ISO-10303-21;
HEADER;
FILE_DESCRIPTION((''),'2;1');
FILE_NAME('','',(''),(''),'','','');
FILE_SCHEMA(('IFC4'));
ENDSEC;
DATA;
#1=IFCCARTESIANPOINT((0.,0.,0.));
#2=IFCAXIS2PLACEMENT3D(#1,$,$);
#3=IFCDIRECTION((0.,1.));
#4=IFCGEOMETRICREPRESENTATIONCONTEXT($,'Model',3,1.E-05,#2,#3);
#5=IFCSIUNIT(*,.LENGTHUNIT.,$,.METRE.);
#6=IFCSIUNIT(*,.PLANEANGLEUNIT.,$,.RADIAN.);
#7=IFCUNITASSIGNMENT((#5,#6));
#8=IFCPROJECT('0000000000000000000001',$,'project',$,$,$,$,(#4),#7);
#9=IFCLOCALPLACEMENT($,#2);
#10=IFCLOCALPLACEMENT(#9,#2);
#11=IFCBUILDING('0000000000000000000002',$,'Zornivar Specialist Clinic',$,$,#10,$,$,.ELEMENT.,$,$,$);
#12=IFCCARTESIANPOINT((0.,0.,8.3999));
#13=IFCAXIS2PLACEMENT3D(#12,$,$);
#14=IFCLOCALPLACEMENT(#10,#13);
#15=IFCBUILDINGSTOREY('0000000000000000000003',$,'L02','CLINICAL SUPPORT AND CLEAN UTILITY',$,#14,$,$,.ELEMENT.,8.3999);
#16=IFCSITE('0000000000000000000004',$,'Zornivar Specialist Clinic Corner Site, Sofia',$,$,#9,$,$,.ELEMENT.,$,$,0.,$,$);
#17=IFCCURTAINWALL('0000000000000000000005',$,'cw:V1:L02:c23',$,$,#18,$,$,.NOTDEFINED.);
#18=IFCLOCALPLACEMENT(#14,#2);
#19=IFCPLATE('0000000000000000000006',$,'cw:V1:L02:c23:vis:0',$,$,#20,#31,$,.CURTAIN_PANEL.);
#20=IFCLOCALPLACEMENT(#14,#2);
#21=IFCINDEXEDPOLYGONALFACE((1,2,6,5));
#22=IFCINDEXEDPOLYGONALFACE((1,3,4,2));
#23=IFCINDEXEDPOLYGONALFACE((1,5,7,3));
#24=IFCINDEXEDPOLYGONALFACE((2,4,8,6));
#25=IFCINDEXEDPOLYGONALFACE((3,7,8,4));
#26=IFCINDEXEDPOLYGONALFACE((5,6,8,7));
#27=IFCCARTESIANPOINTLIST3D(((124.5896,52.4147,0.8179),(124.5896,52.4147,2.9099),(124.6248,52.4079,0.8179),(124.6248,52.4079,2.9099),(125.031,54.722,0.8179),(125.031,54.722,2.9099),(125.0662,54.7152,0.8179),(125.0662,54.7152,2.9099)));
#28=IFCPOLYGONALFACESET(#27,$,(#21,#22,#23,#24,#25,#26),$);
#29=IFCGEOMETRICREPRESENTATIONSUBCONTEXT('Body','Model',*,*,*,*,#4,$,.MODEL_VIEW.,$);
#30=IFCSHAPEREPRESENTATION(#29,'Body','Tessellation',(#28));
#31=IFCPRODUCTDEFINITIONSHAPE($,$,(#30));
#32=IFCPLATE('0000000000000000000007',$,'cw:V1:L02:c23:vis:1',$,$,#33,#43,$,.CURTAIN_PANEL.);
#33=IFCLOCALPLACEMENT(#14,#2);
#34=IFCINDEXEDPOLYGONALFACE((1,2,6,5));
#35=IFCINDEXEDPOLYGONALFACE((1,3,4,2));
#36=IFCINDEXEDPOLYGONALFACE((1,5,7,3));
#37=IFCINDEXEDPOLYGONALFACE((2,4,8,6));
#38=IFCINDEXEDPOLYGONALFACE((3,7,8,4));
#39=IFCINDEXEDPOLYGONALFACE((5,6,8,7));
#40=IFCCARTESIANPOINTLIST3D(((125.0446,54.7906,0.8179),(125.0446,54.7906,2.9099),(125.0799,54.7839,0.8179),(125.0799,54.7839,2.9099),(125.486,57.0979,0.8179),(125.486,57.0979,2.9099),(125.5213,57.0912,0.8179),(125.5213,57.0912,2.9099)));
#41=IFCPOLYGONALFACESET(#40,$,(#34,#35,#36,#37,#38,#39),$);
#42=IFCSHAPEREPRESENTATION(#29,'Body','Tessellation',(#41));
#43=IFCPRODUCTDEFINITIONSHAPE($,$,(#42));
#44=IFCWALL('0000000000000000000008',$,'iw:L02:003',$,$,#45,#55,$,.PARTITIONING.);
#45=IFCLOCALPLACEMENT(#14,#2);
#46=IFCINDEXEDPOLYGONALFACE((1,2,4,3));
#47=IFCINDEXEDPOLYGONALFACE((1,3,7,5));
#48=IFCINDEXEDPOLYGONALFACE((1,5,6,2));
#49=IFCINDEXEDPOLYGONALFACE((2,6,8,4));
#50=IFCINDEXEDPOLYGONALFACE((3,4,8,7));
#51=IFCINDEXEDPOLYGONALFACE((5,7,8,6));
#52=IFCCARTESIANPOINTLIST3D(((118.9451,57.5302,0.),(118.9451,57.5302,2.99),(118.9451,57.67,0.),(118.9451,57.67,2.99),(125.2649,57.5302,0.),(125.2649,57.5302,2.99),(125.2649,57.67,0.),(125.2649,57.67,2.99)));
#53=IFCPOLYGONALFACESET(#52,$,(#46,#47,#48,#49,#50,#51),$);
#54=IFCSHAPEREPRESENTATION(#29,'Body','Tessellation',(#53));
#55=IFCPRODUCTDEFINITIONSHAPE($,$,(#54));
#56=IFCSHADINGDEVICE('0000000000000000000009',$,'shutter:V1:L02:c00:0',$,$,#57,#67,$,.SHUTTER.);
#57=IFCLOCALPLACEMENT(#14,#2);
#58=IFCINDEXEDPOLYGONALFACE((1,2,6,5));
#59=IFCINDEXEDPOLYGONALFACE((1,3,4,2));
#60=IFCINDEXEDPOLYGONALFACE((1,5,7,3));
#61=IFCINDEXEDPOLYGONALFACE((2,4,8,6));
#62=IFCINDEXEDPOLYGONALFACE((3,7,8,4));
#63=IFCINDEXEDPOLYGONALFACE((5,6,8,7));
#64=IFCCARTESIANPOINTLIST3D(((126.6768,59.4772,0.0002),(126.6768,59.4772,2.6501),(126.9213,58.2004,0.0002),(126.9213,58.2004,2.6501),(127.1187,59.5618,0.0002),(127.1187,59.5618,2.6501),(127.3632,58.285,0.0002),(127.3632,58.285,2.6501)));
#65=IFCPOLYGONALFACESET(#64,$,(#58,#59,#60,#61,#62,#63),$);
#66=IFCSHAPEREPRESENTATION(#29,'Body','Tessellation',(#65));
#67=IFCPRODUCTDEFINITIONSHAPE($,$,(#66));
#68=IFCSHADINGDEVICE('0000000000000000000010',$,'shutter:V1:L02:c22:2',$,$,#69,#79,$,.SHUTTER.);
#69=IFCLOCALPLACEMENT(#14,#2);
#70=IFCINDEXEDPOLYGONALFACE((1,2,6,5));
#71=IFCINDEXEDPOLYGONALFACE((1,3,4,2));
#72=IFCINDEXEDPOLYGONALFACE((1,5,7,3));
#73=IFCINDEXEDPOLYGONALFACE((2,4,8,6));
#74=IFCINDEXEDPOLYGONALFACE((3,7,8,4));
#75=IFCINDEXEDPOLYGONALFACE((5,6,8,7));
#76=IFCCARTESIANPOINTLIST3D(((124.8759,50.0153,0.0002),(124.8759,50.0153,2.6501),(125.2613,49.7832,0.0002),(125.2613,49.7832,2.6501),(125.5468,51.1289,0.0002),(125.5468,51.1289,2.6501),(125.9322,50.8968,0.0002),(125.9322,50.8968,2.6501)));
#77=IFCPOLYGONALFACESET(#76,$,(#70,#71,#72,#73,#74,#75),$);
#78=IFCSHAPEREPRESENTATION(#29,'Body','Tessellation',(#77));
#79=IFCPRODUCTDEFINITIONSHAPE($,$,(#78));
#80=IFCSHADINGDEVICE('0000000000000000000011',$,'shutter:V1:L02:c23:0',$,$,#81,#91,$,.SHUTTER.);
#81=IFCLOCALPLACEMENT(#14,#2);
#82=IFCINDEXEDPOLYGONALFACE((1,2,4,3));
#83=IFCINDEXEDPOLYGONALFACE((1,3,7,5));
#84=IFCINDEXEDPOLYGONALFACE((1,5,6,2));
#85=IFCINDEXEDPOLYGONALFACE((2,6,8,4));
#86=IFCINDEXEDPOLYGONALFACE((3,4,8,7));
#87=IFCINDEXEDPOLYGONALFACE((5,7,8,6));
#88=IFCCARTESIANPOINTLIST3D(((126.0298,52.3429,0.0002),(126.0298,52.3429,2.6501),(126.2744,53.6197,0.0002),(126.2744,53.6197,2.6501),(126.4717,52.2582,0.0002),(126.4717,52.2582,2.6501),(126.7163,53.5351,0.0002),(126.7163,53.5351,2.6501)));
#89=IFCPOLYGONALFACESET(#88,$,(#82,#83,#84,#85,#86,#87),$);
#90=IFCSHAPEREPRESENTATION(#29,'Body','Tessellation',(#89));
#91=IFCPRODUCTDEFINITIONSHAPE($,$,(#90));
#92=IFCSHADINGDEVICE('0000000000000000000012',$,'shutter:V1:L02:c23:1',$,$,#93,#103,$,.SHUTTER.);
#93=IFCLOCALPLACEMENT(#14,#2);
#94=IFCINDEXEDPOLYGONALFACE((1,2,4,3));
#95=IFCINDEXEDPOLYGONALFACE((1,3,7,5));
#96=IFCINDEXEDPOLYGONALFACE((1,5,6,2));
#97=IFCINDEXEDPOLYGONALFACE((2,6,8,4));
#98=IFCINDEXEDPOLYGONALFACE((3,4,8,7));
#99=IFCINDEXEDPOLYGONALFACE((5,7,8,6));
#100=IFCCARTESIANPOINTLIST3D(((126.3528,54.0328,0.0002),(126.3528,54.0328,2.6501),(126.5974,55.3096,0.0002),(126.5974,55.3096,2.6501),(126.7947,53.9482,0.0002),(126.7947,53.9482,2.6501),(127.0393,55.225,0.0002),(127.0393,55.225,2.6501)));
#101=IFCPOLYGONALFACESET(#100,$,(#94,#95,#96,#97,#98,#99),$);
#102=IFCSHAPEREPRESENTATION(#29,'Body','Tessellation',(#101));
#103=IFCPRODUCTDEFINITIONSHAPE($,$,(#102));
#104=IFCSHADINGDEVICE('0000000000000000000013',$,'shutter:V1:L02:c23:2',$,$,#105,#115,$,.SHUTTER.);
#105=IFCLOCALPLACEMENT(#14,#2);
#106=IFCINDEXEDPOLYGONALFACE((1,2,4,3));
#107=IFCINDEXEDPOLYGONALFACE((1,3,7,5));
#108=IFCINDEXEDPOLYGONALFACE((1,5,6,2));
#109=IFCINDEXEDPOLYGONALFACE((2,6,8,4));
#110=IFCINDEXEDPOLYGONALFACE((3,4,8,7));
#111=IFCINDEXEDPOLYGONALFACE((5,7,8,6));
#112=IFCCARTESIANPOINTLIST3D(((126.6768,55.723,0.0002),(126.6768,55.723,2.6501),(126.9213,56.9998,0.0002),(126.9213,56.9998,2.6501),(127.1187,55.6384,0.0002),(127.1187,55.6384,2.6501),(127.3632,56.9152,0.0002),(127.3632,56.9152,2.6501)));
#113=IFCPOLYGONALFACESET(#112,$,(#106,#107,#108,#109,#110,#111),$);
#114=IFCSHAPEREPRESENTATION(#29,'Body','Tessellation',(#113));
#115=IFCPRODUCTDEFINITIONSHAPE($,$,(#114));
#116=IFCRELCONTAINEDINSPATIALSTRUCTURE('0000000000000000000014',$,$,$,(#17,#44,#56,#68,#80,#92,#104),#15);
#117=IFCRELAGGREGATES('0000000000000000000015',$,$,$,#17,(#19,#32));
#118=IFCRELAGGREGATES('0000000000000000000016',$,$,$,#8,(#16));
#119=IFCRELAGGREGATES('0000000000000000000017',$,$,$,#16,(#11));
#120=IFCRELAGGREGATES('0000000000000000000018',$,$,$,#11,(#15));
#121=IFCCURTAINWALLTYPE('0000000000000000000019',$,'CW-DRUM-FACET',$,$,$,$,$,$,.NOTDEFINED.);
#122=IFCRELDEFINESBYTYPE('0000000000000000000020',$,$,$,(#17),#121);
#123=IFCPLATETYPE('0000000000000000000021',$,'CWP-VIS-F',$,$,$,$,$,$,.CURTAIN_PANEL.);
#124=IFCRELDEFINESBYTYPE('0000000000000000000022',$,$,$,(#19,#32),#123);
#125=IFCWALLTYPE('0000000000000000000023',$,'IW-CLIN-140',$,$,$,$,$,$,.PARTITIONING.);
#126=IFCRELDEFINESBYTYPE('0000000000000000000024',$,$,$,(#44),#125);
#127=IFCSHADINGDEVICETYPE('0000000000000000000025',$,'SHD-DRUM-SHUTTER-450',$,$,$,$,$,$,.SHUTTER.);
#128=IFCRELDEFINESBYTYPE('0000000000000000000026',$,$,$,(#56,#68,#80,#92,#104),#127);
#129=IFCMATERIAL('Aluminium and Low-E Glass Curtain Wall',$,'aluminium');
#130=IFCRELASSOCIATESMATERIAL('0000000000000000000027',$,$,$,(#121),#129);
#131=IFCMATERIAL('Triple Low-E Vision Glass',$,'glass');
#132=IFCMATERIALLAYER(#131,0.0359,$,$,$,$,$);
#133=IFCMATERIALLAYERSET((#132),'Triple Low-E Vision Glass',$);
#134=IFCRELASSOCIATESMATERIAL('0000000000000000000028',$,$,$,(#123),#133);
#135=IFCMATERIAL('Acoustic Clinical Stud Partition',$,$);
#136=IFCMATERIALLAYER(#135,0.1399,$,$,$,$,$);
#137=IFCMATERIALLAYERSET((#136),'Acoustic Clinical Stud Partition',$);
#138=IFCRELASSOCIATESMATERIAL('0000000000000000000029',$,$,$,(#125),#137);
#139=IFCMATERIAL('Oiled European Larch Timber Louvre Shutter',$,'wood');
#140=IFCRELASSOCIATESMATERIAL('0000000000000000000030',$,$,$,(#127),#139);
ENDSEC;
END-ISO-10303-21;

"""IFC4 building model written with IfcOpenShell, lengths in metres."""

from ifc_helpers import new_model, si_unit, direction, frame, frame_2d, origin, origin_2d, place, context, subcontext, project, spatial, rectangle, extrude, material, layer, layer_set, type_object, element, aggregate, save


model = new_model("IFC4")

# Units and contexts
model_context = context("Model", 3, precision=1e-05, world=origin(), true_north=direction((0.0, 1.0)))
body_context = subcontext(model_context, "Body", "Model", "MODEL_VIEW")
ifc_project = project(units=[si_unit("LENGTHUNIT", "METRE"), si_unit("PLANEANGLEUNIT", "RADIAN")], contexts=[model_context])

# Site, building, storey
site_placement = place(None, origin())
site = spatial("IfcSite", under=ifc_project, at=site_placement, Name="Zornivar Specialist Clinic Corner Site, Sofia", CompositionType="ELEMENT", RefElevation=0.0)
building_placement = place(site_placement, origin())
building = spatial("IfcBuilding", under=site, at=building_placement, Name="Zornivar Specialist Clinic", CompositionType="ELEMENT")
storey_placement = place(building_placement, frame((0.0, 0.0, 8.3999)))
storey = spatial("IfcBuildingStorey", under=building, at=storey_placement, Name="L02", Description="CLINICAL SUPPORT AND CLEAN UTILITY", CompositionType="ELEMENT", Elevation=8.3999)

# Curtain wall
ifc_material_1 = material(Name="Aluminium and Low-E Glass Curtain Wall", Category="aluminium")
curtain_wall_type = type_object("IfcCurtainWallType", Name="CW-DRUM-FACET", PredefinedType="NOTDEFINED", material=ifc_material_1)
curtain_wall_1_placement = place(storey_placement, origin())
curtain_wall_1 = element("IfcCurtainWall", 1, at=curtain_wall_1_placement, inside=storey, type_object=curtain_wall_type, Name="cw:V1:L02:c23", PredefinedType="NOTDEFINED")

# Plates
ifc_material_2 = material(Name="Triple Low-E Vision Glass", Category="glass")
ifc_layer_1 = layer(ifc_material_2, 0.0359)
ifc_layer_set_1 = layer_set([ifc_layer_1], Name="Triple Low-E Vision Glass")
plate_type_1 = type_object("IfcPlateType", Name="CWP-VIS-F", PredefinedType="CURTAIN_PANEL", material=ifc_layer_set_1)
plate_1_placement = place(storey_placement, frame((124.8279, 53.5649, 0.8179), z_axis=(0.0, 0.0, 1.0), x_axis=(0.187897, 0.982189, 0.0)))
plate_1 = element("IfcPlate", 2, at=plate_1_placement, type_object=plate_type_1, Name="cw:V1:L02:c23:vis:0", PredefinedType="CURTAIN_PANEL", context=body_context, shape_type="SweptSolid", body=[
    extrude(rectangle(XDim=2.3491, YDim=0.0359, at=origin_2d()), origin(), (0.0, 0.0, 1.0), 2.092),
])
plate_2_placement = place(storey_placement, frame((125.283, 55.9409, 0.8179), z_axis=(0.0, 0.0, 1.0), x_axis=(0.187897, 0.982189, 0.0)))
plate_2 = element("IfcPlate", 3, at=plate_2_placement, type_object=plate_type_1, Name="cw:V1:L02:c23:vis:1", PredefinedType="CURTAIN_PANEL", context=body_context, shape_type="SweptSolid", body=[
    extrude(rectangle(XDim=2.3491, YDim=0.0359, at=origin_2d()), origin(), (0.0, 0.0, 1.0), 2.092),
])
aggregate(curtain_wall_1, [plate_1, plate_2])

# Wall
ifc_material_3 = material(Name="Acoustic Clinical Stud Partition")
ifc_layer_2 = layer(ifc_material_3, 0.1399)
ifc_layer_set_2 = layer_set([ifc_layer_2], Name="Acoustic Clinical Stud Partition")
wall_type = type_object("IfcWallType", Name="IW-CLIN-140", PredefinedType="PARTITIONING", material=ifc_layer_set_2)
wall_placement = place(storey_placement, frame((125.2649, 57.6001, 0.0), z_axis=(0.0, 0.0, 1.0), x_axis=(-1.0, 0.0, 0.0)))
element("IfcWall", 4, at=wall_placement, inside=storey, type_object=wall_type, Name="iw:L02:003", PredefinedType="PARTITIONING", context=body_context, shape_type="SweptSolid", body=[
    extrude(rectangle(XDim=6.3198, YDim=0.1399, at=frame_2d((3.1599, 0.0))), origin(), (0.0, 0.0, 1.0), 2.99),
])

# Shading devices
ifc_material_4 = material(Name="Oiled European Larch Timber Louvre Shutter", Category="wood")
shading_device_type = type_object("IfcShadingDeviceType", Name="SHD-DRUM-SHUTTER-450", PredefinedType="SHUTTER", material=ifc_material_4)
for number, where, z_axis, x_axis, name in (
    (5, (127.02, 58.8811, 0.0002), (0.0, 0.0, 1.0), (-0.188099, 0.98215, 0.0), "shutter:V1:L02:c00:0"),
    (6, (125.4041, 50.4561, 0.0002), (0.0, 0.0, 1.0), (0.516018, 0.856578, 0.0), "shutter:V1:L02:c22:2"),
    (7, (126.373, 52.939, 0.0002), (0.0, 0.0, 1.0), (0.188099, 0.98215, 0.0), "shutter:V1:L02:c23:0"),
    (8, (126.696, 54.6289, 0.0002), (0.0, 0.0, 1.0), (0.188099, 0.98215, 0.0), "shutter:V1:L02:c23:1"),
    (9, (127.02, 56.3191, 0.0002), (0.0, 0.0, 1.0), (0.188099, 0.98215, 0.0), "shutter:V1:L02:c23:2"),
):
    element("IfcShadingDevice", number, at=place(storey_placement, frame(where, z_axis=z_axis, x_axis=x_axis)), inside=storey, type_object=shading_device_type, Name=name, PredefinedType="SHUTTER", context=body_context, shape_type="SweptSolid", body=[
        extrude(rectangle(XDim=1.3, YDim=0.45, at=origin_2d()), origin(), (0.0, 0.0, 1.0), 2.6499),
    ])

save(model, "model.ifc")
